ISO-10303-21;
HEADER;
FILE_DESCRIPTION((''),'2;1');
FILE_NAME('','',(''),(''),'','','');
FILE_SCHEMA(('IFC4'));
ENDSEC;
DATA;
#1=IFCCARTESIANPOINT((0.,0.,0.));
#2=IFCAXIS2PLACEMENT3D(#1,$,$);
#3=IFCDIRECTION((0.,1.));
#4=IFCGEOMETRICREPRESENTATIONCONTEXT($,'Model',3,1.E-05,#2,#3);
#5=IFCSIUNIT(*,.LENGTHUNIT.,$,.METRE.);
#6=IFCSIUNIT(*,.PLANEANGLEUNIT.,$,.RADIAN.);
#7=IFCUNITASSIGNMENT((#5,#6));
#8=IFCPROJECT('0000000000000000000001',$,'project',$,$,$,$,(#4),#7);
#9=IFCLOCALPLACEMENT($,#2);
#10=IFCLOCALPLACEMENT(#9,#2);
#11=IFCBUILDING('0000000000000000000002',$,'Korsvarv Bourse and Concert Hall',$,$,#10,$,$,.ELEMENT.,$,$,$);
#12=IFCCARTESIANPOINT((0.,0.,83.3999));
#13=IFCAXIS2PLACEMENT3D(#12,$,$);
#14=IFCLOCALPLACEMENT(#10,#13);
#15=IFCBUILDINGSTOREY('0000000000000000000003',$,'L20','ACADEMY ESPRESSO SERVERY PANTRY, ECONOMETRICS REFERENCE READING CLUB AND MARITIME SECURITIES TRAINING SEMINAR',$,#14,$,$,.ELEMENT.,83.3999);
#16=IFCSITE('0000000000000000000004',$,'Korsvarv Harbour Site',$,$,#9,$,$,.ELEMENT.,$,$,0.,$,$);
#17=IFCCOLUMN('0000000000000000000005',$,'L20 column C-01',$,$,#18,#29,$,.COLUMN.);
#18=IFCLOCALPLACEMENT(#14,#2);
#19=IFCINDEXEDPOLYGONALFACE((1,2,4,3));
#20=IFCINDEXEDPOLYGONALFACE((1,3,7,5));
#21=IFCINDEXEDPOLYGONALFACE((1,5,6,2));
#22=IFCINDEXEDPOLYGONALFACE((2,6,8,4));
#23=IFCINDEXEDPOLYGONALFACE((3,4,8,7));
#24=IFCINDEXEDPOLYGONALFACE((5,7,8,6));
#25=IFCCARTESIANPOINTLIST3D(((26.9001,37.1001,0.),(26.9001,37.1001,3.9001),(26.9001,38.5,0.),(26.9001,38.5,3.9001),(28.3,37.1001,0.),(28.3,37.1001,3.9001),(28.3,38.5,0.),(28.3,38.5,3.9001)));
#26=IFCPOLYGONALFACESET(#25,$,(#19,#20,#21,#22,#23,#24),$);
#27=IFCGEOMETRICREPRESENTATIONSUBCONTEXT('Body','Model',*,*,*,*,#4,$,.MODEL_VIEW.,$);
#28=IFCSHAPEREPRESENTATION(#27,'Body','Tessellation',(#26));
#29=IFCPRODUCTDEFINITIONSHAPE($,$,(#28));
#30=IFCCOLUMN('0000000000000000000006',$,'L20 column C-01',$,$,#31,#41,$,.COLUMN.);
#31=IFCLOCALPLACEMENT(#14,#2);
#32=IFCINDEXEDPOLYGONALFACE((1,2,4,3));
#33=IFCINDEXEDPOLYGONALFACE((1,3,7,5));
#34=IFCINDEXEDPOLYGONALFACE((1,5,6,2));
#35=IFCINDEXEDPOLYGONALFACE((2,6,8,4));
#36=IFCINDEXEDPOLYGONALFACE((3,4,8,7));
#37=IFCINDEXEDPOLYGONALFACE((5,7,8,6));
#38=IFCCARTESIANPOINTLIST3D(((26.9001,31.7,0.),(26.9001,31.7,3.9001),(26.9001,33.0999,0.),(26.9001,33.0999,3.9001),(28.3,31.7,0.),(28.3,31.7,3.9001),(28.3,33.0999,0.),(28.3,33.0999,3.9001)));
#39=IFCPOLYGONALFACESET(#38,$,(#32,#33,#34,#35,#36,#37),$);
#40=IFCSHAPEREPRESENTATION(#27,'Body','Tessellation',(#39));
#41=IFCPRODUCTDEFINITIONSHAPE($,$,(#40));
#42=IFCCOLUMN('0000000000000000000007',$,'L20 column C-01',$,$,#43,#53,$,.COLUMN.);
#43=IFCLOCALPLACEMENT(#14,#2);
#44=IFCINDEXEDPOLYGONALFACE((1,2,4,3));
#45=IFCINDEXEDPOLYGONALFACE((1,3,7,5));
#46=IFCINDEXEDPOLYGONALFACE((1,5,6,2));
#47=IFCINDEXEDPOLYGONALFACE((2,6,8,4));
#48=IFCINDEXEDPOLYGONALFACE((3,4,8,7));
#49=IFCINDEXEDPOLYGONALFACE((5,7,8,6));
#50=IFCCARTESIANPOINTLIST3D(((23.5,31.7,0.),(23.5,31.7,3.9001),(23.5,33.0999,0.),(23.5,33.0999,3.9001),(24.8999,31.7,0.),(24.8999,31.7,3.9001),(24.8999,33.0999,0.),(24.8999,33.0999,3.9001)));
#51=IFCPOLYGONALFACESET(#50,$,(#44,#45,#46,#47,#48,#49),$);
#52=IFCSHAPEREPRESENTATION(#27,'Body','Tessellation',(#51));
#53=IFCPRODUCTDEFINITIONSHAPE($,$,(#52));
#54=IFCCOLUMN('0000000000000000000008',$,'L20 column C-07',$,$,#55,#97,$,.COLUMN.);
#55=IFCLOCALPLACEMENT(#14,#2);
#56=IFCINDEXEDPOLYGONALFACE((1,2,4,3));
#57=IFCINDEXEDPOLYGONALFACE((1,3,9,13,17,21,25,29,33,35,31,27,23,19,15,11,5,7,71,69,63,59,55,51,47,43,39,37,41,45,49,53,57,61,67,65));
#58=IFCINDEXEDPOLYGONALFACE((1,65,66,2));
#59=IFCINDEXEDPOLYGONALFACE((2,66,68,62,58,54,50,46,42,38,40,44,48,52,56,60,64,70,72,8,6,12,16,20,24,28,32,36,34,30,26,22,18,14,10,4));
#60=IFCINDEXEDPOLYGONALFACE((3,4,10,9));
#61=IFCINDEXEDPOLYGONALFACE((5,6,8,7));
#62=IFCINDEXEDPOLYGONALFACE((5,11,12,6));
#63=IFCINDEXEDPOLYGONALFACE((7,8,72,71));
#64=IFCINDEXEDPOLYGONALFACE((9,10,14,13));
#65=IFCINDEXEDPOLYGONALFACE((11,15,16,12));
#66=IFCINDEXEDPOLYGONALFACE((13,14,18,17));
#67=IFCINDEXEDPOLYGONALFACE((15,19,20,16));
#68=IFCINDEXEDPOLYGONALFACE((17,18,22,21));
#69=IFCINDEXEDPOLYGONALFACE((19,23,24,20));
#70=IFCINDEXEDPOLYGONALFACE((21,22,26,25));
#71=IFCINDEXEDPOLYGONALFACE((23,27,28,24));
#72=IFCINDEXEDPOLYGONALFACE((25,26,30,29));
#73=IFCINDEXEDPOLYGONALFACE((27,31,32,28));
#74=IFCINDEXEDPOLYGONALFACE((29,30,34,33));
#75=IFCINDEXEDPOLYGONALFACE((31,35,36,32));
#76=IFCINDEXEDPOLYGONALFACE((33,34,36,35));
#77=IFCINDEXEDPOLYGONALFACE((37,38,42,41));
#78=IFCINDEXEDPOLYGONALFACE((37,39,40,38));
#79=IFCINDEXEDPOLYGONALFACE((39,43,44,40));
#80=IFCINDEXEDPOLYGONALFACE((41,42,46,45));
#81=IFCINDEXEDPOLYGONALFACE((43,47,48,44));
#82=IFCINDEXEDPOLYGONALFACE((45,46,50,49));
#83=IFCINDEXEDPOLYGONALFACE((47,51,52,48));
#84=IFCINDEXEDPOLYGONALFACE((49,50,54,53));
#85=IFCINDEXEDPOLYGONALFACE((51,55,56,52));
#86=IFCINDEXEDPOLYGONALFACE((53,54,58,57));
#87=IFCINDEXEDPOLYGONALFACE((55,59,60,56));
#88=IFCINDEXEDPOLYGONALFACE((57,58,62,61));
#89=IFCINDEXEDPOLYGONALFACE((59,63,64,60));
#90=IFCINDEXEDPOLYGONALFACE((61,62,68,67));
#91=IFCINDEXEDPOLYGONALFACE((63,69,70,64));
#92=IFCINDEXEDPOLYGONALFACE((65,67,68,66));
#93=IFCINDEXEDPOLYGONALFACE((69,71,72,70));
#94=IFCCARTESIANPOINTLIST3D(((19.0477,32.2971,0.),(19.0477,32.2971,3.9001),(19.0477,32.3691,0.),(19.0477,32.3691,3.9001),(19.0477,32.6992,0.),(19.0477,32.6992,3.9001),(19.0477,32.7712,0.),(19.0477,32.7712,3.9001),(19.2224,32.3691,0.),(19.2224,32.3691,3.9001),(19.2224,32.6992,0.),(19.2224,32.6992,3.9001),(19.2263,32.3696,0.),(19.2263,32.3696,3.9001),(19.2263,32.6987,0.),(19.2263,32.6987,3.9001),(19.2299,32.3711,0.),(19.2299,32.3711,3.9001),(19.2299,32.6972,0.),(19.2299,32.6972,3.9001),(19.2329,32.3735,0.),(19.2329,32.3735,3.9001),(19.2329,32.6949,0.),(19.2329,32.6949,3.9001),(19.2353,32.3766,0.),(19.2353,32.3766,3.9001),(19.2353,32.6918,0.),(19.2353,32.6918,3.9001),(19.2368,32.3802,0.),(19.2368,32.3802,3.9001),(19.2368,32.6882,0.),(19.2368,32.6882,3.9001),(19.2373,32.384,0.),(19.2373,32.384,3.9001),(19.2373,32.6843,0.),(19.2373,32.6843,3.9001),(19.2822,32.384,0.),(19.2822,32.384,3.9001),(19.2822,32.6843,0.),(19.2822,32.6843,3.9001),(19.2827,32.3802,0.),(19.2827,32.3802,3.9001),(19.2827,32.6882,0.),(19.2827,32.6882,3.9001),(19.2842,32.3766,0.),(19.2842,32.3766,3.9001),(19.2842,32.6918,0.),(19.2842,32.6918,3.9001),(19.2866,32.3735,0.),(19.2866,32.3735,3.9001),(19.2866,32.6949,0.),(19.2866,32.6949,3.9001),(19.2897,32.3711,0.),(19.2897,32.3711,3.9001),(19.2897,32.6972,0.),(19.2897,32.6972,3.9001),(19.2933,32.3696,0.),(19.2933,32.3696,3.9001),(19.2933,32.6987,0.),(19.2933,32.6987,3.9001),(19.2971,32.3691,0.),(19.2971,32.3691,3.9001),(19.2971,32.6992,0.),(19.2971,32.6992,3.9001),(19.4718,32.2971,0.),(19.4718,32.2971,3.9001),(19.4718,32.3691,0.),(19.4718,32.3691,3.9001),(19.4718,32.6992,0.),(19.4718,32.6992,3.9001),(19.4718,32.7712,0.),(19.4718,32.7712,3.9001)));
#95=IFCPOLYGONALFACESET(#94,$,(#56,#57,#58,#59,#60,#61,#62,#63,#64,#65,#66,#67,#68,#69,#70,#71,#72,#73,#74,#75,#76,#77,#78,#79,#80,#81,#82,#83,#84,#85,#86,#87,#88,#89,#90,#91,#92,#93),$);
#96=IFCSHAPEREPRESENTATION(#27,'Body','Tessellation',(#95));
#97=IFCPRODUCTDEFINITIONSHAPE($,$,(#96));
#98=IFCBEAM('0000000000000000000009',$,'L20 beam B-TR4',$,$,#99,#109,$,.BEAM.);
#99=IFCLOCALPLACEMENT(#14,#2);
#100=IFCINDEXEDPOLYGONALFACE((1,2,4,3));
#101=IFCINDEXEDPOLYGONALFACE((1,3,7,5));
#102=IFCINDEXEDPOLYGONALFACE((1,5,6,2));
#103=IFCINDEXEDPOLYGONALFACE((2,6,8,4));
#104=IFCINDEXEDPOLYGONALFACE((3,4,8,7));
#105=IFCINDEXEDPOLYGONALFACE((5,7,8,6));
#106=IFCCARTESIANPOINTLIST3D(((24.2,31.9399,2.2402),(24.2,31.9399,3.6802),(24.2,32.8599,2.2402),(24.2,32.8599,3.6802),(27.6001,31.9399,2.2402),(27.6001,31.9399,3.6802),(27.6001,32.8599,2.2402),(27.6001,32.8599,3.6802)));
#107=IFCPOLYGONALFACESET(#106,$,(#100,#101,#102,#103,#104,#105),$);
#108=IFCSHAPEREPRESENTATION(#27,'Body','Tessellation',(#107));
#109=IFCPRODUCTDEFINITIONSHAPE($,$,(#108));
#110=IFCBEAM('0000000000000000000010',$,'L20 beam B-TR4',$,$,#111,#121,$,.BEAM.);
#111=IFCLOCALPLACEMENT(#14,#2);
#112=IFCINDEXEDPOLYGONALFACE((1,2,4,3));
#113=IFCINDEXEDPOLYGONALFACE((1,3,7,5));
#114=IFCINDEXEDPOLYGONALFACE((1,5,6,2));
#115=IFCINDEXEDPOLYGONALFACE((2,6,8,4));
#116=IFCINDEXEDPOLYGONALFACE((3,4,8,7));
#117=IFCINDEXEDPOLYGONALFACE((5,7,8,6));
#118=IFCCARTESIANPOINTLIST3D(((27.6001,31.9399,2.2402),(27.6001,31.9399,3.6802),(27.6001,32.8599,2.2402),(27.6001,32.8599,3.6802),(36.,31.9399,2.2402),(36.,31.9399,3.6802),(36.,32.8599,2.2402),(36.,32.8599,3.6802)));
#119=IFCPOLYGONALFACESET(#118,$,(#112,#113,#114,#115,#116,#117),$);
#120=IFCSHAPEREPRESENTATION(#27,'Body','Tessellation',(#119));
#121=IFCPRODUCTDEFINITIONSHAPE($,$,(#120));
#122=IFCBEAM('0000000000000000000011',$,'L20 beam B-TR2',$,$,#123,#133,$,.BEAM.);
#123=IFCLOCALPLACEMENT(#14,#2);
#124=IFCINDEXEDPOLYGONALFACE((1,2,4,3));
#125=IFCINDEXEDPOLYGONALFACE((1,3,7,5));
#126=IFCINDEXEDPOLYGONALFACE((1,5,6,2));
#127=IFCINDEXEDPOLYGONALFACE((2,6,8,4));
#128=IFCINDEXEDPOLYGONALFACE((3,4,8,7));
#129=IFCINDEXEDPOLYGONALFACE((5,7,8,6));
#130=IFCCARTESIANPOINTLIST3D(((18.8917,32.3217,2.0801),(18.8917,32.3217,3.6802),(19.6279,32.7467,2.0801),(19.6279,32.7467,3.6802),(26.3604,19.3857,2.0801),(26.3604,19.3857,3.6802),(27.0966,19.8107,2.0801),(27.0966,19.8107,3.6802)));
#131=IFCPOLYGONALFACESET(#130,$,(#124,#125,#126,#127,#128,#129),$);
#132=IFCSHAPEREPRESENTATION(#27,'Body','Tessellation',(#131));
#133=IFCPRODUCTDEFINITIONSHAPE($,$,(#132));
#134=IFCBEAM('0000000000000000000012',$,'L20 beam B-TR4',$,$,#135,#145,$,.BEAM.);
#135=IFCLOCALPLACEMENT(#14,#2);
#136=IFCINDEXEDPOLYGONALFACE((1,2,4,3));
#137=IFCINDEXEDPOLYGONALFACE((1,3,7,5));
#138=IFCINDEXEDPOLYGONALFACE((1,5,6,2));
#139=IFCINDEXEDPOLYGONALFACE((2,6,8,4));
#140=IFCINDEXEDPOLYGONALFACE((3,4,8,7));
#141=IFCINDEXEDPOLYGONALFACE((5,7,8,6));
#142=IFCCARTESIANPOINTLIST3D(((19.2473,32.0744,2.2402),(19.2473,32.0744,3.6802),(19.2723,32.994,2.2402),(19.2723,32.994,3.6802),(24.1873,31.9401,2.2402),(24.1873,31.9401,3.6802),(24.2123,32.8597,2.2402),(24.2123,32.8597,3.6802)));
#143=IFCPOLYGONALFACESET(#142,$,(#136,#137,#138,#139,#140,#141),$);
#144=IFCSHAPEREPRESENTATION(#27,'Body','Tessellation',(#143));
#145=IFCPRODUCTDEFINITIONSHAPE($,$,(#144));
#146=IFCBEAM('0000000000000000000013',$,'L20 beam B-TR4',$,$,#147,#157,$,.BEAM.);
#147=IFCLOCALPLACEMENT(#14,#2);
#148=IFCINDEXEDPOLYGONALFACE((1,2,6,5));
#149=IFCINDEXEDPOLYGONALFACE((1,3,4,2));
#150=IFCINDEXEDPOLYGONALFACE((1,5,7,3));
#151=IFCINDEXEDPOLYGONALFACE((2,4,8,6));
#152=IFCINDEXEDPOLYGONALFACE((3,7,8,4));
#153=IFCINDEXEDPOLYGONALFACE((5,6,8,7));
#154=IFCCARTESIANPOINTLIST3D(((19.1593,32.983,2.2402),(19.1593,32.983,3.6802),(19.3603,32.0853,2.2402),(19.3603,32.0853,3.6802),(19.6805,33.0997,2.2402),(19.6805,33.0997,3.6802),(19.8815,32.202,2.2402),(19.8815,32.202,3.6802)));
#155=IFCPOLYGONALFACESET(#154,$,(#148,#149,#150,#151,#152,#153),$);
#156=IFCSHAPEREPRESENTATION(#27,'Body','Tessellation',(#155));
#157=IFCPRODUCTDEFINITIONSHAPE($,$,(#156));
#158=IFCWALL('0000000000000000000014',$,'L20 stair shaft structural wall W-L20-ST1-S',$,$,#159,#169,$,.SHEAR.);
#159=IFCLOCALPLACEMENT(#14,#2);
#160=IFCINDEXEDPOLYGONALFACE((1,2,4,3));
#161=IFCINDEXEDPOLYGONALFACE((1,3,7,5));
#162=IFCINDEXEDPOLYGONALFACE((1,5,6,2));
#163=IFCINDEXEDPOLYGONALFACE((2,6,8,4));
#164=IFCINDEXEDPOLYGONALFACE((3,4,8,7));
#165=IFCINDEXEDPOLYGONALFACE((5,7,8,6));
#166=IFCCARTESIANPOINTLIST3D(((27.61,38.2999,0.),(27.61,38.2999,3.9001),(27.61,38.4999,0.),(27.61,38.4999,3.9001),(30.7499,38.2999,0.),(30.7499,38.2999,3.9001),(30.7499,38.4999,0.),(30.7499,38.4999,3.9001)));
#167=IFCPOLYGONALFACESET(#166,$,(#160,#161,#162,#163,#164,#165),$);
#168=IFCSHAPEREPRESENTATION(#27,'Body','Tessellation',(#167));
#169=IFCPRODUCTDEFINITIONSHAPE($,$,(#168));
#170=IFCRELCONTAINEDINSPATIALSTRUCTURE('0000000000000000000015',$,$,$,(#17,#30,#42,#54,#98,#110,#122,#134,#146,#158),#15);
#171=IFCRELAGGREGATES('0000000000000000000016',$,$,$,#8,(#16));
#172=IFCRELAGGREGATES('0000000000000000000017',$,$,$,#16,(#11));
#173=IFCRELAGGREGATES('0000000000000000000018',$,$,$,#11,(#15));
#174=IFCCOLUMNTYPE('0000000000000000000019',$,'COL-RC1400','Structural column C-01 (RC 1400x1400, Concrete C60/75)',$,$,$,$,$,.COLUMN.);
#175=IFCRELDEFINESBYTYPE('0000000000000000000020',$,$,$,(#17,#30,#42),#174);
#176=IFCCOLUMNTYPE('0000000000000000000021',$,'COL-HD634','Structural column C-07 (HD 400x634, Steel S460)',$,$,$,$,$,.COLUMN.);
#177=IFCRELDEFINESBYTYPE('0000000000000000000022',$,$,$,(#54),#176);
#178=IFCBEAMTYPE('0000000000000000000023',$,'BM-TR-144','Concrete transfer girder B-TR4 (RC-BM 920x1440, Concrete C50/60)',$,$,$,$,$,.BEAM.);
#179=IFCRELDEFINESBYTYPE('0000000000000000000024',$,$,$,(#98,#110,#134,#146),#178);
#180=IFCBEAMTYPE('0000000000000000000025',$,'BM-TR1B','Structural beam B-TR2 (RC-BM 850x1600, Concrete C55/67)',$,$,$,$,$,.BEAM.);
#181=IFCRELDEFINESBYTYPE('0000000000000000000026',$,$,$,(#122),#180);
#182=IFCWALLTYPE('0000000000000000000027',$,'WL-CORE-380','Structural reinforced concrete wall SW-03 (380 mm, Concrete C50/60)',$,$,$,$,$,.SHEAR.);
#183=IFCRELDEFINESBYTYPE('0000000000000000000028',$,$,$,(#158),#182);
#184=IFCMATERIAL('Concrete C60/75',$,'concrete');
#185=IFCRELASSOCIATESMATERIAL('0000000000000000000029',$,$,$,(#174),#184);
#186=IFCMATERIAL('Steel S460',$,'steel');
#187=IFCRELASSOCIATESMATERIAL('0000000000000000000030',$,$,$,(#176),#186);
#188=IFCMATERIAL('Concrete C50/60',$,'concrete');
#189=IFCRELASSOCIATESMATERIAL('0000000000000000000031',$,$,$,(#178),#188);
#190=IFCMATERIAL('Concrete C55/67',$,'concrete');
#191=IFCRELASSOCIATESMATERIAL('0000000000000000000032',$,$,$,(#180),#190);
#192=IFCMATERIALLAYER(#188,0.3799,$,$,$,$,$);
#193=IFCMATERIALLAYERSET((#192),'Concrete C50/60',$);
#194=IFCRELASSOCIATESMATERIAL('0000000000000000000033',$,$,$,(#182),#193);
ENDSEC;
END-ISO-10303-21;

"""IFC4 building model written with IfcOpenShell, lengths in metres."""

from ifc_helpers import new_model, si_unit, direction, frame, frame_2d, origin, origin_2d, place, context, subcontext, project, spatial, rectangle, i_section, extrude, source, transform, mapped, material, layer, layer_set, material_profile, profile_set, type_object, element, save


model = new_model("IFC4")

# Units and contexts
model_context = context("Model", 3, precision=1e-05, world=origin(), true_north=direction((0.0, 1.0)))
body_context = subcontext(model_context, "Body", "Model", "MODEL_VIEW")
ifc_project = project(units=[si_unit("LENGTHUNIT", "METRE"), si_unit("PLANEANGLEUNIT", "RADIAN")], contexts=[model_context])

# Site, building, storey
site_placement = place(None, origin())
site = spatial("IfcSite", under=ifc_project, at=site_placement, Name="Korsvarv Harbour Site", CompositionType="ELEMENT", RefElevation=0.0)
building_placement = place(site_placement, origin())
building = spatial("IfcBuilding", under=site, at=building_placement, Name="Korsvarv Bourse and Concert Hall", CompositionType="ELEMENT")
storey_placement = place(building_placement, frame((0.0, 0.0, 83.3999)))
storey = spatial("IfcBuildingStorey", under=building, at=storey_placement, Name="L20", Description="ACADEMY ESPRESSO SERVERY PANTRY, ECONOMETRICS REFERENCE READING CLUB AND MARITIME SECURITIES TRAINING SEMINAR", CompositionType="ELEMENT", Elevation=83.3999)

# Columns
ifc_material_1 = material(Name="Concrete C60/75", Category="concrete")
ifc_material_profile_1 = material_profile(ifc_material_1, rectangle(XDim=1.3999, YDim=1.3999, at=origin_2d()), Name="RC 1400x1400")
ifc_profile_set_1 = profile_set([ifc_material_profile_1], Name="Concrete C60/75")
column_type_1 = type_object("IfcColumnType", Name="COL-RC1400", Description="Structural column C-01 (RC 1400x1400, Concrete C60/75)", PredefinedType="COLUMN", material=ifc_profile_set_1)
shared_shape_1 = source(origin(), body_context, "Body", "SweptSolid", [
    extrude(rectangle(XDim=1.3999, YDim=1.3999, at=origin_2d()), origin(), (0.0, 0.0, 1.0), 3.9001),
])
for number, where, z_axis, x_axis, name in (
    (1, (27.6001, 37.8, 0.0), (0.0, 0.0, 1.0), (1.0, 0.0, 0.0), "L20 column C-01"),
    (2, (27.6001, 32.3999, 0.0), (0.0, 0.0, 1.0), (1.0, 0.0, 0.0), "L20 column C-01"),
    (3, (24.2, 32.3999, 0.0), (0.0, 0.0, 1.0), (1.0, 0.0, 0.0), "L20 column C-01"),
):
    element("IfcColumn", number, at=place(storey_placement, frame(where, z_axis=z_axis, x_axis=x_axis)), inside=storey, type_object=column_type_1, Name=name, PredefinedType="COLUMN", context=body_context, shape_type="MappedRepresentation", body=[
        mapped(shared_shape_1, transform((0.0, 0.0, 0.0), scale=1.0)),
    ])
ifc_material_2 = material(Name="Steel S460", Category="steel")
ifc_material_profile_2 = material_profile(ifc_material_2, i_section(OverallWidth=0.4241, OverallDepth=0.4741, WebThickness=0.0449, FlangeThickness=0.072, FilletRadius=0.0149, at=origin_2d()), Name="HD 400x634")
ifc_profile_set_2 = profile_set([ifc_material_profile_2], Name="Steel S460")
column_type_2 = type_object("IfcColumnType", Name="COL-HD634", Description="Structural column C-07 (HD 400x634, Steel S460)", PredefinedType="COLUMN", material=ifc_profile_set_2)
shared_shape_2 = source(origin(), body_context, "Body", "SweptSolid", [
    extrude(i_section(OverallWidth=0.4241, OverallDepth=0.4741, WebThickness=0.0449, FlangeThickness=0.072, FilletRadius=0.0149, at=origin_2d()), origin(), (0.0, 0.0, 1.0), 3.9001),
])
column_placement = place(storey_placement, frame((19.2598, 32.5342, 0.0), z_axis=(0.0, 0.0, 1.0), x_axis=(1.0, 0.0, 0.0)))
element("IfcColumn", 4, at=column_placement, inside=storey, type_object=column_type_2, Name="L20 column C-07", PredefinedType="COLUMN", context=body_context, shape_type="MappedRepresentation", body=[
    mapped(shared_shape_2, transform((0.0, 0.0, 0.0), scale=1.0)),
])

# Beams
ifc_material_3 = material(Name="Concrete C50/60", Category="concrete")
ifc_material_profile_3 = material_profile(ifc_material_3, rectangle(XDim=0.9199, YDim=1.4399, at=origin_2d()), Name="RC-BM 920x1440")
ifc_profile_set_3 = profile_set([ifc_material_profile_3], Name="Concrete C50/60")
beam_type_1 = type_object("IfcBeamType", Name="BM-TR-144", Description="Concrete transfer girder B-TR4 (RC-BM 920x1440, Concrete C50/60)", PredefinedType="BEAM", material=ifc_profile_set_3)
shared_shape_3 = source(origin(), body_context, "Body", "SweptSolid", [
    extrude(rectangle(XDim=0.9199, YDim=1.4399, at=origin_2d()), origin(), (0.0, 0.0, 1.0), 3.4001),
])
beam_1_placement = place(storey_placement, frame((24.2, 32.3999, 2.9602), z_axis=(1.0, 0.0, 0.0), x_axis=(0.0, 1.0, 0.0)))
element("IfcBeam", 5, at=beam_1_placement, inside=storey, type_object=beam_type_1, Name="L20 beam B-TR4", PredefinedType="BEAM", context=body_context, shape_type="MappedRepresentation", body=[
    mapped(shared_shape_3, transform((0.0, 0.0, 0.0), scale=1.0)),
])
shared_shape_4 = source(origin(), body_context, "Body", "SweptSolid", [
    extrude(rectangle(XDim=0.9199, YDim=1.4399, at=origin_2d()), origin(), (0.0, 0.0, 1.0), 8.3999),
])
beam_2_placement = place(storey_placement, frame((27.6001, 32.3999, 2.9602), z_axis=(1.0, 0.0, 0.0), x_axis=(0.0, 1.0, 0.0)))
element("IfcBeam", 6, at=beam_2_placement, inside=storey, type_object=beam_type_1, Name="L20 beam B-TR4", PredefinedType="BEAM", context=body_context, shape_type="MappedRepresentation", body=[
    mapped(shared_shape_4, transform((0.0, 0.0, 0.0), scale=1.0)),
])
ifc_material_4 = material(Name="Concrete C55/67", Category="concrete")
ifc_material_profile_4 = material_profile(ifc_material_4, rectangle(XDim=0.8501, YDim=1.6001, at=origin_2d()), Name="RC-BM 850x1600")
ifc_profile_set_4 = profile_set([ifc_material_profile_4], Name="Concrete C55/67")
beam_type_2 = type_object("IfcBeamType", Name="BM-TR1B", Description="Structural beam B-TR2 (RC-BM 850x1600, Concrete C55/67)", PredefinedType="BEAM", material=ifc_profile_set_4)
shared_shape_5 = source(origin(), body_context, "Body", "SweptSolid", [
    extrude(rectangle(XDim=0.8501, YDim=1.6001, at=origin_2d()), origin(), (0.0, 0.0, 1.0), 14.9373),
])
beam_3_placement = place(storey_placement, frame((19.2598, 32.5342, 2.8801), z_axis=(0.500006, -0.866022, 0.0), x_axis=(0.866022, 0.500006, 0.0)))
element("IfcBeam", 7, at=beam_3_placement, inside=storey, type_object=beam_type_2, Name="L20 beam B-TR2", PredefinedType="BEAM", context=body_context, shape_type="MappedRepresentation", body=[
    mapped(shared_shape_5, transform((0.0, 0.0, 0.0), scale=1.0)),
])
shared_shape_6 = source(origin(), body_context, "Body", "SweptSolid", [
    extrude(rectangle(XDim=0.9199, YDim=1.4399, at=origin_2d()), origin(), (0.0, 0.0, 1.0), 4.9419),
])
beam_4_placement = place(storey_placement, frame((19.2598, 32.5342, 2.9602), z_axis=(0.999631, -0.027171, 0.0), x_axis=(0.027171, 0.999631, 0.0)))
element("IfcBeam", 8, at=beam_4_placement, inside=storey, type_object=beam_type_1, Name="L20 beam B-TR4", PredefinedType="BEAM", context=body_context, shape_type="MappedRepresentation", body=[
    mapped(shared_shape_6, transform((0.0, 0.0, 0.0), scale=1.0)),
])
shared_shape_7 = source(origin(), body_context, "Body", "SweptSolid", [
    extrude(rectangle(XDim=0.9199, YDim=1.4399, at=origin_2d()), origin(), (0.0, 0.0, 1.0), 0.5342),
])
beam_5_placement = place(storey_placement, frame((19.2598, 32.5342, 2.9602), z_axis=(0.975842, 0.218479, 0.0), x_axis=(-0.218479, 0.975842, 0.0)))
element("IfcBeam", 9, at=beam_5_placement, inside=storey, type_object=beam_type_1, Name="L20 beam B-TR4", PredefinedType="BEAM", context=body_context, shape_type="MappedRepresentation", body=[
    mapped(shared_shape_7, transform((0.0, 0.0, 0.0), scale=1.0)),
])

# Wall
ifc_layer_1 = layer(ifc_material_3, 0.3799)
ifc_layer_set_1 = layer_set([ifc_layer_1], Name="Concrete C50/60")
wall_type_1 = type_object("IfcWallType", Name="WL-CORE-380", Description="Structural reinforced concrete wall SW-03 (380 mm, Concrete C50/60)", PredefinedType="SHEAR", material=ifc_layer_set_1)
wall_1_placement = place(storey_placement, frame((27.6101, 38.3999, 0.0), z_axis=(0.0, 0.0, 1.0), x_axis=(1.0, 0.0, 0.0)))
element("IfcWall", 10, at=wall_1_placement, inside=storey, type_object=wall_type_1, Name="L20 stair shaft structural wall W-L20-ST1-S", PredefinedType="SHEAR", context=body_context, shape_type="SweptSolid", body=[
    extrude(rectangle(XDim=3.1399, YDim=0.2, at=frame_2d((1.5698, 0.0))), origin(), (0.0, 0.0, 1.0), 3.9001),
])

save(model, "model.ifc")
